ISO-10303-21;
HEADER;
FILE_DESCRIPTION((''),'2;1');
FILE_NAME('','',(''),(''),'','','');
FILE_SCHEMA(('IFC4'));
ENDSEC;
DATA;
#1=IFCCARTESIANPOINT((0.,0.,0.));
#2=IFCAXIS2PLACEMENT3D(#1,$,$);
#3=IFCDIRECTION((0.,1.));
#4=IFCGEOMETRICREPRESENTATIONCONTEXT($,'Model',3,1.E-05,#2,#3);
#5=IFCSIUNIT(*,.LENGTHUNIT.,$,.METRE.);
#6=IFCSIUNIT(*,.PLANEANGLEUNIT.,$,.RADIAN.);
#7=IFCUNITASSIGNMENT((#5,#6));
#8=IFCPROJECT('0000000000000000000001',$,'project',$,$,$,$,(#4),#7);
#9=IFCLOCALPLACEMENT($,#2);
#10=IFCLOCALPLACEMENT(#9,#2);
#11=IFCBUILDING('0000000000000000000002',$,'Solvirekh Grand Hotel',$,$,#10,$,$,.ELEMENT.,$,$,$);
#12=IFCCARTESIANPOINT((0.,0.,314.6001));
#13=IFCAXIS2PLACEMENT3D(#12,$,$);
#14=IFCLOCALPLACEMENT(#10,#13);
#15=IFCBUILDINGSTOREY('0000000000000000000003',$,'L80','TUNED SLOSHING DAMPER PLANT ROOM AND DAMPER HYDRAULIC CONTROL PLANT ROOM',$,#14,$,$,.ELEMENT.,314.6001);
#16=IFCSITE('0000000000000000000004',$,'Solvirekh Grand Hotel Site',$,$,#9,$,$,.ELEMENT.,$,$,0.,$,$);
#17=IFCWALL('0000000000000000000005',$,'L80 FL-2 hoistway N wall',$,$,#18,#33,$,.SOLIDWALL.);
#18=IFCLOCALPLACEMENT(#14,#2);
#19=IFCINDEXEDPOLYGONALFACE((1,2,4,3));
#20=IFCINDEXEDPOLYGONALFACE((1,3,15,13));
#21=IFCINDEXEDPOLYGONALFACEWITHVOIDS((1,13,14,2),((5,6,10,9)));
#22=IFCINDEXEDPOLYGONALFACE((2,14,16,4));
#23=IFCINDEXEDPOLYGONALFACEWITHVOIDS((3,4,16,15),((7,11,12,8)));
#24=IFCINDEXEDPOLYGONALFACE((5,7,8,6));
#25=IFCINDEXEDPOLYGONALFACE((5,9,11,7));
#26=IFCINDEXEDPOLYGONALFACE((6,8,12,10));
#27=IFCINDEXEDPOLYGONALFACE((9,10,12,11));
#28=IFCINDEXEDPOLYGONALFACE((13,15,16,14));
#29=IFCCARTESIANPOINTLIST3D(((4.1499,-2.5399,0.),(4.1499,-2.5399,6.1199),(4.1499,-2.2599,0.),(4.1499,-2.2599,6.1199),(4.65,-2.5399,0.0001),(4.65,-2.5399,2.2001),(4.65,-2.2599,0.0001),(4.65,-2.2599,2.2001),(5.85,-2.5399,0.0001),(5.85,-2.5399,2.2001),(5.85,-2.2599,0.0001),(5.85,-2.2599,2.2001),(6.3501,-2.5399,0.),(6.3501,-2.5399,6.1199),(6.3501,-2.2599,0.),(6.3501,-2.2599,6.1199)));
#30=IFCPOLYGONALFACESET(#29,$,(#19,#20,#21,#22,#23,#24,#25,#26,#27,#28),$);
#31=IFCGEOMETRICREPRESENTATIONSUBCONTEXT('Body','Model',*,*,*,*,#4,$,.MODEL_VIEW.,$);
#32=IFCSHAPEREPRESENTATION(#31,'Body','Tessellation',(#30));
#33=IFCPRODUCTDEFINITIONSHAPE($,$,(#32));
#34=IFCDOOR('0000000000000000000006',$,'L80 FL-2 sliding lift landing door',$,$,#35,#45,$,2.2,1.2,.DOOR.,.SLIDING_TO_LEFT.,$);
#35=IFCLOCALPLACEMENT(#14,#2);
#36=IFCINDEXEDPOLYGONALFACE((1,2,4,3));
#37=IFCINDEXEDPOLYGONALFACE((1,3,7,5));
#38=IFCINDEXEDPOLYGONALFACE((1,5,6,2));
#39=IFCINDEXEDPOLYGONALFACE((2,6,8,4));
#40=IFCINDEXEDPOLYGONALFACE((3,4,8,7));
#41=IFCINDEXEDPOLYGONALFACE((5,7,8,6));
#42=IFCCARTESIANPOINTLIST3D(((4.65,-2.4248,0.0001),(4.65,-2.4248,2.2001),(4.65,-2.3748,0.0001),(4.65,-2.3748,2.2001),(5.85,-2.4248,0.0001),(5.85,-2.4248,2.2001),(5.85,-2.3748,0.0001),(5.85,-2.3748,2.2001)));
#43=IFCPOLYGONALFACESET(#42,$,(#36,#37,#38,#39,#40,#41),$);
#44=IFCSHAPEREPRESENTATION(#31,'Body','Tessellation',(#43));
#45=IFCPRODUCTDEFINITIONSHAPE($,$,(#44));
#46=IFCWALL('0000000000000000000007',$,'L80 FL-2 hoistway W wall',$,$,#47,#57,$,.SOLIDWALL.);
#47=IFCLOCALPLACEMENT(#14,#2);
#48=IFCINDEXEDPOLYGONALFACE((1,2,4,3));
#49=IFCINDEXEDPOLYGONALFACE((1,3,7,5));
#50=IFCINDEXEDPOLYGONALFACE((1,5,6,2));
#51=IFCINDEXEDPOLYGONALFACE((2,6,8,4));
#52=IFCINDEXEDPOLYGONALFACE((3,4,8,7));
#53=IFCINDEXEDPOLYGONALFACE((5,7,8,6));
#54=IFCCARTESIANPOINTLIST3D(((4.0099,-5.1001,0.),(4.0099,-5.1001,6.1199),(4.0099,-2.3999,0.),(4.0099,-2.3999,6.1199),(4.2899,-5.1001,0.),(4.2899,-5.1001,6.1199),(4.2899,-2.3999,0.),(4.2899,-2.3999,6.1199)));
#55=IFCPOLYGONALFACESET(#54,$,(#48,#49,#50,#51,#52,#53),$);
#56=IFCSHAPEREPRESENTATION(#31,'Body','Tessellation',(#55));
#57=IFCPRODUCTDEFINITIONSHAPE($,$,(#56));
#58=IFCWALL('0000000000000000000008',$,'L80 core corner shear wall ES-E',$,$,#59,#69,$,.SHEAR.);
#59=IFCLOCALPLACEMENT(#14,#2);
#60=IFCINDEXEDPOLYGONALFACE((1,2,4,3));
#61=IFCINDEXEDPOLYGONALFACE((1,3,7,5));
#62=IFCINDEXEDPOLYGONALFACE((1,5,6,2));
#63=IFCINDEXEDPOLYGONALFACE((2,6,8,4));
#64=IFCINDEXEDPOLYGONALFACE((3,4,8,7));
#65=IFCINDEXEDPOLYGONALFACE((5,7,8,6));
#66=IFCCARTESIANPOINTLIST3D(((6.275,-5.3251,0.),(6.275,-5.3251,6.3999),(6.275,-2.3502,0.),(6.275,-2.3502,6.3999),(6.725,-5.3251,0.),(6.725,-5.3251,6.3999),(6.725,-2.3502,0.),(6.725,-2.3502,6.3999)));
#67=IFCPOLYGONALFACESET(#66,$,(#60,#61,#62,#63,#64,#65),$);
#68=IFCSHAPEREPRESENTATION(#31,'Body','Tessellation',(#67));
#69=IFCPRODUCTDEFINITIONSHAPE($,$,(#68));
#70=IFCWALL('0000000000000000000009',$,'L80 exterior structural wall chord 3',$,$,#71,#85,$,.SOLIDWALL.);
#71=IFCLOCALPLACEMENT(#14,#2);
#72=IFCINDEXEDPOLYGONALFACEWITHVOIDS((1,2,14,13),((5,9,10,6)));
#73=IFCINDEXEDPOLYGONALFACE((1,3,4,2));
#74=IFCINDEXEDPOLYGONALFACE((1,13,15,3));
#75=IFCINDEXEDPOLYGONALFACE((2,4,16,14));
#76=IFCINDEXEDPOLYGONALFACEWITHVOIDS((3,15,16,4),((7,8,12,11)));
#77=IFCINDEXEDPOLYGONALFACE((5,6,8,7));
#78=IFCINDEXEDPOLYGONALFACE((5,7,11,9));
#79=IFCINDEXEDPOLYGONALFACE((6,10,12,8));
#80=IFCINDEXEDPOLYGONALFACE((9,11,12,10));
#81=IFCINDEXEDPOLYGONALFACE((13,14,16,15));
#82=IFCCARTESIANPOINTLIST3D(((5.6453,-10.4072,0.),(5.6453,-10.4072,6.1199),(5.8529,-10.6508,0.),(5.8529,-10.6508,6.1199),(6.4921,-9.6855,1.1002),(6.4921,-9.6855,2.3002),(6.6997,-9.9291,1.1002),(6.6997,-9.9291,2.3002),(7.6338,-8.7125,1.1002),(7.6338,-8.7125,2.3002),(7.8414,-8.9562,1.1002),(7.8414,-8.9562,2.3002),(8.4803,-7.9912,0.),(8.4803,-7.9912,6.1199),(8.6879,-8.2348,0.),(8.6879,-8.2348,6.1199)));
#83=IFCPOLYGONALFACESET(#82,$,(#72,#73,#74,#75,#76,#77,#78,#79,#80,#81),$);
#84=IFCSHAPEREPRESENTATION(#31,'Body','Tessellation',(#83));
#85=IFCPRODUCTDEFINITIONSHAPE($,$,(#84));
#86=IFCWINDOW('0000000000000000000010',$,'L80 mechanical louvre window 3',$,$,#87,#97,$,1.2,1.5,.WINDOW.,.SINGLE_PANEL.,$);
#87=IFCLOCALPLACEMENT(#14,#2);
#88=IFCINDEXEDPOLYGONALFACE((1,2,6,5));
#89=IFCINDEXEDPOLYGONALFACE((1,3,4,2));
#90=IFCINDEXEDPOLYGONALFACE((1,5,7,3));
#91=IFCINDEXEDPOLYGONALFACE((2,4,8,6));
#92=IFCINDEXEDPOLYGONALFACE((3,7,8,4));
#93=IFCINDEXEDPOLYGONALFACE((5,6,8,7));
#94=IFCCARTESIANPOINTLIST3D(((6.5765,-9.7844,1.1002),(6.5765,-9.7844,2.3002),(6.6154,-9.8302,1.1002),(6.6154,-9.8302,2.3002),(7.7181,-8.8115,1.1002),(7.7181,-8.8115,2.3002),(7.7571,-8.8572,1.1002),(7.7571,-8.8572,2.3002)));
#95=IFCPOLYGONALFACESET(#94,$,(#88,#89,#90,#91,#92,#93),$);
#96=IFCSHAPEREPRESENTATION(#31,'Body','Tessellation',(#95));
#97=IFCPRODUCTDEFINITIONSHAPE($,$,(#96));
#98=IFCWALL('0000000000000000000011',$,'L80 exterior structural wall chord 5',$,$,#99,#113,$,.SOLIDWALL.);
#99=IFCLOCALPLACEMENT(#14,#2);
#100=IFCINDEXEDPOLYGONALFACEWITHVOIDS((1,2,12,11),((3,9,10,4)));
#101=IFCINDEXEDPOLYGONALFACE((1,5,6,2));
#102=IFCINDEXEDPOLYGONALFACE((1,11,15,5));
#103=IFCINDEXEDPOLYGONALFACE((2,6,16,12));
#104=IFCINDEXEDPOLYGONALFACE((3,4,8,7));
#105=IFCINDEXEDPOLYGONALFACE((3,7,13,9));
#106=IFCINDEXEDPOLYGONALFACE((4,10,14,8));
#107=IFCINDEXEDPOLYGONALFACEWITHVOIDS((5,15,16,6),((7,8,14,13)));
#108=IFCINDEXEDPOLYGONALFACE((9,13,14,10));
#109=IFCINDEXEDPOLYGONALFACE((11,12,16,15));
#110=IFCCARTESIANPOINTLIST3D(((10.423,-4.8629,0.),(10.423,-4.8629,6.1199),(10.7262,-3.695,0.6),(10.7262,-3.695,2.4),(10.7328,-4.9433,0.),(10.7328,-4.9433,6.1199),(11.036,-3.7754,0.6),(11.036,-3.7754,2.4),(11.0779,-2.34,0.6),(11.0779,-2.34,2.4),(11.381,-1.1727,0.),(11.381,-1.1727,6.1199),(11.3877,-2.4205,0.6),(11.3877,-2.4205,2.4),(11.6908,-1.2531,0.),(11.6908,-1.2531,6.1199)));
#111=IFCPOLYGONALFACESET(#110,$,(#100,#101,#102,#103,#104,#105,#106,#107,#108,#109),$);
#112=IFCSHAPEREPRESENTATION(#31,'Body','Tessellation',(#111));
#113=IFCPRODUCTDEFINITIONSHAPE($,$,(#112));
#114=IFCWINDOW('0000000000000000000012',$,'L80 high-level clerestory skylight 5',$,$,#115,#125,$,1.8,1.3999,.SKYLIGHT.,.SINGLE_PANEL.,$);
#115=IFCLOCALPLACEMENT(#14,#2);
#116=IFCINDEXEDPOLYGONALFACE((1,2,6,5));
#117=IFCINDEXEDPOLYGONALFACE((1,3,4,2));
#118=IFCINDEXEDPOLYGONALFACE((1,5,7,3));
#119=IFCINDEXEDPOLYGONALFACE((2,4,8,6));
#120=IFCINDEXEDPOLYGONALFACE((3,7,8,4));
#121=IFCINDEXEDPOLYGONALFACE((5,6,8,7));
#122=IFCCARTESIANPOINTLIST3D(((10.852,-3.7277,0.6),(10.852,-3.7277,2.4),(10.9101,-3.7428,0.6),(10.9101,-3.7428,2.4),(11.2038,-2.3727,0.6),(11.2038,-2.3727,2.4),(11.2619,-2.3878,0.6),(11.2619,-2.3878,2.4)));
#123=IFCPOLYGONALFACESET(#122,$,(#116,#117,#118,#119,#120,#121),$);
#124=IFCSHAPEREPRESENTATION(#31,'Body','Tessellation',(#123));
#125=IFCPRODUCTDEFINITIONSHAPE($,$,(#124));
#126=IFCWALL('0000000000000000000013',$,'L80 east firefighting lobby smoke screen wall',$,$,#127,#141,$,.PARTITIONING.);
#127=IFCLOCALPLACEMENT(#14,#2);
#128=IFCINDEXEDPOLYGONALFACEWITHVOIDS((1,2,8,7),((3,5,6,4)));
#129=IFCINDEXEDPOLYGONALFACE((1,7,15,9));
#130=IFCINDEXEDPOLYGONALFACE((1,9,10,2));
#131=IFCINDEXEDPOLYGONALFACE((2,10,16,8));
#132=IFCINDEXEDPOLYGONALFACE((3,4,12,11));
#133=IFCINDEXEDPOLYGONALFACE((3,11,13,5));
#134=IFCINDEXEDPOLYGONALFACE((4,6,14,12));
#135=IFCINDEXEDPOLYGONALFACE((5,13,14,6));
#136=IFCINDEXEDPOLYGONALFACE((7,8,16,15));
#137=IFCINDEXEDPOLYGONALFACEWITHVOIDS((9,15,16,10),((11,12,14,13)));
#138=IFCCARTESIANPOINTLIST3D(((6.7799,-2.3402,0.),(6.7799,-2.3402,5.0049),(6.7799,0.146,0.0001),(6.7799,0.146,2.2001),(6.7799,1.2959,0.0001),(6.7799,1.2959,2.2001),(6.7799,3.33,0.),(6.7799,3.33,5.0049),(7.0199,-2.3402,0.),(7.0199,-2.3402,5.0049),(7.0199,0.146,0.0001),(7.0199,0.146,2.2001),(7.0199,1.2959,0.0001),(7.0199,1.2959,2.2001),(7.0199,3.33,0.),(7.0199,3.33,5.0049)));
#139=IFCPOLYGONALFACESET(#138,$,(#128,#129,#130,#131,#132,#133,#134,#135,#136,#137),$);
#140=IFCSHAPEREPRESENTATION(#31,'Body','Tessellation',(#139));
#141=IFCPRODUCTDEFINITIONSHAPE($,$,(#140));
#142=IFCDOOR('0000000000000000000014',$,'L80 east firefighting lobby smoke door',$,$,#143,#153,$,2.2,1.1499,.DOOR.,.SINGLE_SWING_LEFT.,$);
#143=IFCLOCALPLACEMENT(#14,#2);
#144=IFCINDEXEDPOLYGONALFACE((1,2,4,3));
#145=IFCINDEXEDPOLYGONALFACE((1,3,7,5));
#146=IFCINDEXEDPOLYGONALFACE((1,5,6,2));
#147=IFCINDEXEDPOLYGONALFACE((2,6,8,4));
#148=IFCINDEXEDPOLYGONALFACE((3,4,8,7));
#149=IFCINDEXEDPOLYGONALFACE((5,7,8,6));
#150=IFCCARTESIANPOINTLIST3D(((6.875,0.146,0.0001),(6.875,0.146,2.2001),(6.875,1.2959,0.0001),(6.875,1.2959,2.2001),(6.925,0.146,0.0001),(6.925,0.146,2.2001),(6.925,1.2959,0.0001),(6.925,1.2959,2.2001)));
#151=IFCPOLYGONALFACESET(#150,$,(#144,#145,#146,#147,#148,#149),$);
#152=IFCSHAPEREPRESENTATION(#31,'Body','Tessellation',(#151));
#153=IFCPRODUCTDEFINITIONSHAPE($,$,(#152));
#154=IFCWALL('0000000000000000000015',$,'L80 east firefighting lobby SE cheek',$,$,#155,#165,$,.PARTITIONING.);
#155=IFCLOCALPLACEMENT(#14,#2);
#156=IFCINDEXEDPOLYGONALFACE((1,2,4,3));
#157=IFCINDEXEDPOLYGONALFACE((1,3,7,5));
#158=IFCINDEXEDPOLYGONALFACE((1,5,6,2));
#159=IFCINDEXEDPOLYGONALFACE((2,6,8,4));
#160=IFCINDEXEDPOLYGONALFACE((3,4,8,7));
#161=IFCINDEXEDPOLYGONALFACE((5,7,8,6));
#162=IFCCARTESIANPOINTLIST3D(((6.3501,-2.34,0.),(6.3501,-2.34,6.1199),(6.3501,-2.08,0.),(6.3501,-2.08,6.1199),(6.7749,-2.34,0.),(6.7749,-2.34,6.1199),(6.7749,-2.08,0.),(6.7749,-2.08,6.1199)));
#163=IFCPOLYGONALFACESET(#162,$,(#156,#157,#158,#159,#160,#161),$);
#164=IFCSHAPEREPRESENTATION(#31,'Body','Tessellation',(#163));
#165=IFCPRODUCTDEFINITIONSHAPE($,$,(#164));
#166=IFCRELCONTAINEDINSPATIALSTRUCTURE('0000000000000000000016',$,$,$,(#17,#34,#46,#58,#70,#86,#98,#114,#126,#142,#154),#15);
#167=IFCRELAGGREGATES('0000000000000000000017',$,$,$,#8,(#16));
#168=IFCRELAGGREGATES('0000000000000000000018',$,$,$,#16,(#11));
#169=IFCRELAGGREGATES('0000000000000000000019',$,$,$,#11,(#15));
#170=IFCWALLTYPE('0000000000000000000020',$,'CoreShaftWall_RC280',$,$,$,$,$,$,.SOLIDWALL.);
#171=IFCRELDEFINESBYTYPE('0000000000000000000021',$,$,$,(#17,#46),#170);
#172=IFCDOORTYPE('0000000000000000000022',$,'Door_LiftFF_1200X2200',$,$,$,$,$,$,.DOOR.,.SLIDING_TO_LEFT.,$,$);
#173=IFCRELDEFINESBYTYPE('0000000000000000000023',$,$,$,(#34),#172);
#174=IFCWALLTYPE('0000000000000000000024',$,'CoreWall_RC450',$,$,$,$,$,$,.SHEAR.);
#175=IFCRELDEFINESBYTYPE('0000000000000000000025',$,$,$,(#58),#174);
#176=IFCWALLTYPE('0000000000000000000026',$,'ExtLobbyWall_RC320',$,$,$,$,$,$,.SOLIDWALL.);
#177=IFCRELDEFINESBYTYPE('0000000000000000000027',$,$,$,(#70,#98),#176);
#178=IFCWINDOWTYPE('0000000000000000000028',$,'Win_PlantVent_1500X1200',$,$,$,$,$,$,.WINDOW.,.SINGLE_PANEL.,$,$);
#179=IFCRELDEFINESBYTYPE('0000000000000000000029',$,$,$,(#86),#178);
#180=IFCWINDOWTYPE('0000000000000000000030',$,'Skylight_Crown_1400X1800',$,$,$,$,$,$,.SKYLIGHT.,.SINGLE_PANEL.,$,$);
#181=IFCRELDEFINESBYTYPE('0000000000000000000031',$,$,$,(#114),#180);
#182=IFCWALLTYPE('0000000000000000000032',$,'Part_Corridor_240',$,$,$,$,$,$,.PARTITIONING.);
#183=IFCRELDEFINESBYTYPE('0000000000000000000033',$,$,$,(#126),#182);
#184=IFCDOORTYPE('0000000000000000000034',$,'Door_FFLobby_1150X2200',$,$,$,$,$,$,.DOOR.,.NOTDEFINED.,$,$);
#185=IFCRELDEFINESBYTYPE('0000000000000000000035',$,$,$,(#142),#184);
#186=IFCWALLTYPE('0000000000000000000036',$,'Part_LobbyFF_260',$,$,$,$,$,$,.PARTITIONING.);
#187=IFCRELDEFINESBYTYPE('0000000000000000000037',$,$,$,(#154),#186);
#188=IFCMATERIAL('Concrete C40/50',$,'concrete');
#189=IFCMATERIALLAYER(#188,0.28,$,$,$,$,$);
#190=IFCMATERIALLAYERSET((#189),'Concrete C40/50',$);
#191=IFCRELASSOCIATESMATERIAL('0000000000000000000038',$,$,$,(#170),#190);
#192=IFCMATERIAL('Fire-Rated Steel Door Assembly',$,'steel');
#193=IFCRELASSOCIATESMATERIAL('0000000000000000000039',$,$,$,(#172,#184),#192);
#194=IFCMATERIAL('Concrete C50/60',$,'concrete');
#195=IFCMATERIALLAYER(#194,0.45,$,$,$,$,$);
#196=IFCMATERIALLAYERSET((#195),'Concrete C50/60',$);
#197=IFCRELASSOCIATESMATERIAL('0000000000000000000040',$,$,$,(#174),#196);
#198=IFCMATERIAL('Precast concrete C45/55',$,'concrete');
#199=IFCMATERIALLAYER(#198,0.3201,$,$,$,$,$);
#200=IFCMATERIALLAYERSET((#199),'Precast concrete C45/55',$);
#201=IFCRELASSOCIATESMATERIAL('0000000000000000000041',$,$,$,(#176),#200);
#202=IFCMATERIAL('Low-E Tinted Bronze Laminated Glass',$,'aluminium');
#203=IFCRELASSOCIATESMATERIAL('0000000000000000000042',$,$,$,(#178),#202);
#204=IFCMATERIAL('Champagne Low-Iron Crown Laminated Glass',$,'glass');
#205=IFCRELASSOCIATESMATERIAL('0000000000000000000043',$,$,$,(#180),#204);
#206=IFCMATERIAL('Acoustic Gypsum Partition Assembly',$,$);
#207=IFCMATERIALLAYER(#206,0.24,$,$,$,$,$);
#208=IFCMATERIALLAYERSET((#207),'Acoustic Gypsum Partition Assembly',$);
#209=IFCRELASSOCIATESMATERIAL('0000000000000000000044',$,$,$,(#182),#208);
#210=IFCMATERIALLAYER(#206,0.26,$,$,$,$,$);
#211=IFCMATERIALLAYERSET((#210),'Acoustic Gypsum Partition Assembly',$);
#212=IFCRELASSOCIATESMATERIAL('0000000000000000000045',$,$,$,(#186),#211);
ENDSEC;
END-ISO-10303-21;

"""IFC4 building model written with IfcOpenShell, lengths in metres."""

from ifc_helpers import new_model, si_unit, direction, frame, frame_2d, origin, place, context, subcontext, project, spatial, rectangle, extrude, material, layer, layer_set, type_object, element, fill, save


model = new_model("IFC4")

# Units and contexts
model_context = context("Model", 3, precision=1e-05, world=origin(), true_north=direction((0.0, 1.0)))
body_context = subcontext(model_context, "Body", "Model", "MODEL_VIEW")
ifc_project = project(units=[si_unit("LENGTHUNIT", "METRE"), si_unit("PLANEANGLEUNIT", "RADIAN")], contexts=[model_context])

# Site, building, storey
site_placement = place(None, origin())
site = spatial("IfcSite", under=ifc_project, at=site_placement, Name="Solvirekh Grand Hotel Site", CompositionType="ELEMENT", RefElevation=0.0)
building_placement = place(site_placement, origin())
building = spatial("IfcBuilding", under=site, at=building_placement, Name="Solvirekh Grand Hotel", CompositionType="ELEMENT")
storey_placement = place(building_placement, frame((0.0, 0.0, 314.6001)))
storey = spatial("IfcBuildingStorey", under=building, at=storey_placement, Name="L80", Description="TUNED SLOSHING DAMPER PLANT ROOM AND DAMPER HYDRAULIC CONTROL PLANT ROOM", CompositionType="ELEMENT", Elevation=314.6001)

# Shared definitions
ifc_material_1 = material(Name="Concrete C50/60", Category="concrete")

# Shared definitions
ifc_material_2 = material(Name="Champagne Low-Iron Crown Laminated Glass", Category="glass")

# Wall, opening, door
ifc_material_3 = material(Name="Concrete C40/50", Category="concrete")
ifc_layer_1 = layer(ifc_material_3, 0.28)
ifc_layer_set_1 = layer_set([ifc_layer_1], Name="Concrete C40/50")
wall_type_1 = type_object("IfcWallType", Name="CoreShaftWall_RC280", PredefinedType="SOLIDWALL", material=ifc_layer_set_1)
wall_1_placement = place(storey_placement, frame((6.3501, -2.3999, 0.0), z_axis=(0.0, 0.0, 1.0), x_axis=(-1.0, 0.0, 0.0)))
wall_1 = element("IfcWall", 1, at=wall_1_placement, inside=storey, type_object=wall_type_1, Name="L80 FL-2 hoistway N wall", PredefinedType="SOLIDWALL", context=body_context, shape_type="SweptSolid", body=[
    extrude(rectangle(XDim=2.2002, YDim=0.28, at=frame_2d((1.1001, 0.0))), origin(), (0.0, 0.0, 1.0), 6.1199),
])
opening_1_placement = place(wall_1_placement, frame((0.5, 0.0, 0.0)))
opening_1 = element("IfcOpeningElement", 2, at=opening_1_placement, cuts=wall_1, PredefinedType="OPENING", context=body_context, shape_type="SweptSolid", body=[
    extrude(rectangle(XDim=1.2, YDim=2.2, at=frame_2d((0.6001, 1.1001))), frame((0.0, 0.1499, 0.0), z_axis=(0.0, -1.0, 0.0), x_axis=(1.0, 0.0, 0.0)), (0.0, 0.0, 1.0), 0.3),
])
ifc_material_4 = material(Name="Fire-Rated Steel Door Assembly", Category="steel")
door_type_1 = type_object("IfcDoorType", Name="Door_LiftFF_1200X2200", OperationType="SLIDING_TO_LEFT", PredefinedType="DOOR", material=ifc_material_4)
door_1_placement = place(opening_1_placement, origin())
door_1 = element("IfcDoor", 3, at=door_1_placement, inside=storey, type_object=door_type_1, Name="L80 FL-2 sliding lift landing door", OperationType="SLIDING_TO_LEFT", OverallHeight=2.2, OverallWidth=1.2, PredefinedType="DOOR", context=body_context, shape_type="SweptSolid", body=[
    extrude(rectangle(XDim=1.2, YDim=2.2, at=frame_2d((0.6001, 1.1001))), frame((0.0, 0.0249, 0.0), z_axis=(0.0, -1.0, 0.0), x_axis=(1.0, 0.0, 0.0)), (0.0, 0.0, 1.0), 0.05),
])
fill(opening_1, door_1)

# Walls
wall_2_placement = place(storey_placement, frame((4.1499, -2.3999, 0.0), z_axis=(0.0, 0.0, 1.0), x_axis=(0.0, -1.0, 0.0)))
element("IfcWall", 4, at=wall_2_placement, inside=storey, type_object=wall_type_1, Name="L80 FL-2 hoistway W wall", PredefinedType="SOLIDWALL", context=body_context, shape_type="SweptSolid", body=[
    extrude(rectangle(XDim=2.7002, YDim=0.28, at=frame_2d((1.3501, 0.0))), origin(), (0.0, 0.0, 1.0), 6.1199),
])
ifc_layer_2 = layer(ifc_material_1, 0.45)
ifc_layer_set_2 = layer_set([ifc_layer_2], Name="Concrete C50/60")
wall_type_2 = type_object("IfcWallType", Name="CoreWall_RC450", PredefinedType="SHEAR", material=ifc_layer_set_2)
wall_3_placement = place(storey_placement, frame((6.5, -5.325, 0.0), z_axis=(0.0, 0.0, 1.0), x_axis=(0.0, 1.0, 0.0)))
element("IfcWall", 5, at=wall_3_placement, inside=storey, type_object=wall_type_2, Name="L80 core corner shear wall ES-E", PredefinedType="SHEAR", context=body_context, shape_type="SweptSolid", body=[
    extrude(rectangle(XDim=2.9749, YDim=0.45, at=frame_2d((1.4873, 0.0))), origin(), (0.0, 0.0, 1.0), 6.3999),
])

# Walls, openings, windows
ifc_material_5 = material(Name="Precast concrete C45/55", Category="concrete")
ifc_layer_3 = layer(ifc_material_5, 0.3201)
ifc_layer_set_3 = layer_set([ifc_layer_3], Name="Precast concrete C45/55")
wall_type_3 = type_object("IfcWallType", Name="ExtLobbyWall_RC320", PredefinedType="SOLIDWALL", material=ifc_layer_set_3)
wall_4_placement = place(storey_placement, frame((8.584, -8.113, 0.0), z_axis=(0.0, 0.0, 1.0), x_axis=(-0.761104, -0.64863, 0.0)))
wall_4 = element("IfcWall", 6, at=wall_4_placement, inside=storey, type_object=wall_type_3, Name="L80 exterior structural wall chord 3", PredefinedType="SOLIDWALL", context=body_context, shape_type="SweptSolid", body=[
    extrude(rectangle(XDim=3.7249, YDim=0.3201, at=frame_2d((1.8623, 0.0))), origin(), (0.0, 0.0, 1.0), 6.1199),
])
opening_2_placement = place(wall_4_placement, frame((1.1121, 0.0, 1.1001)))
opening_2 = element("IfcOpeningElement", 7, at=opening_2_placement, cuts=wall_4, PredefinedType="OPENING", context=body_context, shape_type="SweptSolid", body=[
    extrude(rectangle(XDim=1.5, YDim=1.2, at=frame_2d((0.75, 0.6001))), frame((0.0, 0.1699, 0.0), z_axis=(0.0, -1.0, 0.0), x_axis=(1.0, 0.0, 0.0)), (0.0, 0.0, 1.0), 0.3401),
])
ifc_material_6 = material(Name="Low-E Tinted Bronze Laminated Glass", Category="aluminium")
window_type_1 = type_object("IfcWindowType", Name="Win_PlantVent_1500X1200", PartitioningType="SINGLE_PANEL", PredefinedType="WINDOW", material=ifc_material_6)
window_1_placement = place(opening_2_placement, origin())
window_1 = element("IfcWindow", 8, at=window_1_placement, inside=storey, type_object=window_type_1, Name="L80 mechanical louvre window 3", OverallHeight=1.2, OverallWidth=1.5, PartitioningType="SINGLE_PANEL", PredefinedType="WINDOW", context=body_context, shape_type="SweptSolid", body=[
    extrude(rectangle(XDim=1.5, YDim=1.2, at=frame_2d((0.75, 0.6001))), frame((0.0, 0.03, 0.0), z_axis=(0.0, -1.0, 0.0), x_axis=(1.0, 0.0, 0.0)), (0.0, 0.0, 1.0), 0.0601),
])
fill(opening_2, window_1)
wall_5_placement = place(storey_placement, frame((11.5359, -1.2129, 0.0), z_axis=(0.0, 0.0, 1.0), x_axis=(-0.25128, -0.967914, 0.0)))
wall_5 = element("IfcWall", 9, at=wall_5_placement, inside=storey, type_object=wall_type_3, Name="L80 exterior structural wall chord 5", PredefinedType="SOLIDWALL", context=body_context, shape_type="SweptSolid", body=[
    extrude(rectangle(XDim=3.8125, YDim=0.3201, at=frame_2d((1.9062, 0.0))), origin(), (0.0, 0.0, 1.0), 6.1199),
])
opening_3_placement = place(wall_5_placement, frame((1.2061, 0.0, 0.6001)))
opening_3 = element("IfcOpeningElement", 10, at=opening_3_placement, cuts=wall_5, PredefinedType="OPENING", context=body_context, shape_type="SweptSolid", body=[
    extrude(rectangle(XDim=1.3999, YDim=1.8, at=frame_2d((0.7, 0.8999))), frame((0.0, 0.1699, 0.0), z_axis=(0.0, -1.0, 0.0), x_axis=(1.0, 0.0, 0.0)), (0.0, 0.0, 1.0), 0.3401),
])
window_type_2 = type_object("IfcWindowType", Name="Skylight_Crown_1400X1800", PartitioningType="SINGLE_PANEL", PredefinedType="SKYLIGHT", material=ifc_material_2)
window_2_placement = place(opening_3_placement, origin())
window_2 = element("IfcWindow", 11, at=window_2_placement, inside=storey, type_object=window_type_2, Name="L80 high-level clerestory skylight 5", OverallHeight=1.8, OverallWidth=1.3999, PartitioningType="SINGLE_PANEL", PredefinedType="SKYLIGHT", context=body_context, shape_type="SweptSolid", body=[
    extrude(rectangle(XDim=1.3999, YDim=1.8, at=frame_2d((0.7, 0.8999))), frame((0.0, 0.03, 0.0), z_axis=(0.0, -1.0, 0.0), x_axis=(1.0, 0.0, 0.0)), (0.0, 0.0, 1.0), 0.0601),
])
fill(opening_3, window_2)

# Wall, opening, door
ifc_material_7 = material(Name="Acoustic Gypsum Partition Assembly")
ifc_layer_4 = layer(ifc_material_7, 0.24)
ifc_layer_set_4 = layer_set([ifc_layer_4], Name="Acoustic Gypsum Partition Assembly")
wall_type_4 = type_object("IfcWallType", Name="Part_Corridor_240", PredefinedType="PARTITIONING", material=ifc_layer_set_4)
wall_6_placement = place(storey_placement, frame((6.8999, -2.3401, 0.0), z_axis=(0.0, 0.0, 1.0), x_axis=(0.0, 1.0, 0.0)))
wall_6 = element("IfcWall", 12, at=wall_6_placement, inside=storey, type_object=wall_type_4, Name="L80 east firefighting lobby smoke screen wall", PredefinedType="PARTITIONING", context=body_context, shape_type="SweptSolid", body=[
    extrude(rectangle(XDim=5.6702, YDim=0.24, at=frame_2d((2.835, 0.0))), origin(), (0.0, 0.0, 1.0), 5.0049),
])
opening_4_placement = place(wall_6_placement, frame((2.4861, 0.0, 0.0)))
opening_4 = element("IfcOpeningElement", 13, at=opening_4_placement, cuts=wall_6, PredefinedType="OPENING", context=body_context, shape_type="SweptSolid", body=[
    extrude(rectangle(XDim=1.1499, YDim=2.2, at=frame_2d((0.575, 1.1001))), frame((0.0, 0.1299, 0.0), z_axis=(0.0, -1.0, 0.0), x_axis=(1.0, 0.0, 0.0)), (0.0, 0.0, 1.0), 0.26),
])
door_type_2 = type_object("IfcDoorType", Name="Door_FFLobby_1150X2200", OperationType="NOTDEFINED", PredefinedType="DOOR", material=ifc_material_4)
door_2_placement = place(opening_4_placement, origin())
door_2 = element("IfcDoor", 14, at=door_2_placement, inside=storey, type_object=door_type_2, Name="L80 east firefighting lobby smoke door", OperationType="SINGLE_SWING_LEFT", OverallHeight=2.2, OverallWidth=1.1499, PredefinedType="DOOR", context=body_context, shape_type="SweptSolid", body=[
    extrude(rectangle(XDim=1.1499, YDim=2.2, at=frame_2d((0.575, 1.1001))), frame((0.0, 0.0249, 0.0), z_axis=(0.0, -1.0, 0.0), x_axis=(1.0, 0.0, 0.0)), (0.0, 0.0, 1.0), 0.05),
])
fill(opening_4, door_2)

# Wall
ifc_layer_5 = layer(ifc_material_7, 0.26)
ifc_layer_set_5 = layer_set([ifc_layer_5], Name="Acoustic Gypsum Partition Assembly")
wall_type_5 = type_object("IfcWallType", Name="Part_LobbyFF_260", PredefinedType="PARTITIONING", material=ifc_layer_set_5)
wall_7_placement = place(storey_placement, frame((6.3501, -2.21, 0.0), z_axis=(0.0, 0.0, 1.0), x_axis=(1.0, 0.0, 0.0)))
element("IfcWall", 15, at=wall_7_placement, inside=storey, type_object=wall_type_5, Name="L80 east firefighting lobby SE cheek", PredefinedType="PARTITIONING", context=body_context, shape_type="SweptSolid", body=[
    extrude(rectangle(XDim=0.4248, YDim=0.26, at=frame_2d((0.2124, 0.0))), origin(), (0.0, 0.0, 1.0), 6.1199),
])

save(model, "model.ifc")
